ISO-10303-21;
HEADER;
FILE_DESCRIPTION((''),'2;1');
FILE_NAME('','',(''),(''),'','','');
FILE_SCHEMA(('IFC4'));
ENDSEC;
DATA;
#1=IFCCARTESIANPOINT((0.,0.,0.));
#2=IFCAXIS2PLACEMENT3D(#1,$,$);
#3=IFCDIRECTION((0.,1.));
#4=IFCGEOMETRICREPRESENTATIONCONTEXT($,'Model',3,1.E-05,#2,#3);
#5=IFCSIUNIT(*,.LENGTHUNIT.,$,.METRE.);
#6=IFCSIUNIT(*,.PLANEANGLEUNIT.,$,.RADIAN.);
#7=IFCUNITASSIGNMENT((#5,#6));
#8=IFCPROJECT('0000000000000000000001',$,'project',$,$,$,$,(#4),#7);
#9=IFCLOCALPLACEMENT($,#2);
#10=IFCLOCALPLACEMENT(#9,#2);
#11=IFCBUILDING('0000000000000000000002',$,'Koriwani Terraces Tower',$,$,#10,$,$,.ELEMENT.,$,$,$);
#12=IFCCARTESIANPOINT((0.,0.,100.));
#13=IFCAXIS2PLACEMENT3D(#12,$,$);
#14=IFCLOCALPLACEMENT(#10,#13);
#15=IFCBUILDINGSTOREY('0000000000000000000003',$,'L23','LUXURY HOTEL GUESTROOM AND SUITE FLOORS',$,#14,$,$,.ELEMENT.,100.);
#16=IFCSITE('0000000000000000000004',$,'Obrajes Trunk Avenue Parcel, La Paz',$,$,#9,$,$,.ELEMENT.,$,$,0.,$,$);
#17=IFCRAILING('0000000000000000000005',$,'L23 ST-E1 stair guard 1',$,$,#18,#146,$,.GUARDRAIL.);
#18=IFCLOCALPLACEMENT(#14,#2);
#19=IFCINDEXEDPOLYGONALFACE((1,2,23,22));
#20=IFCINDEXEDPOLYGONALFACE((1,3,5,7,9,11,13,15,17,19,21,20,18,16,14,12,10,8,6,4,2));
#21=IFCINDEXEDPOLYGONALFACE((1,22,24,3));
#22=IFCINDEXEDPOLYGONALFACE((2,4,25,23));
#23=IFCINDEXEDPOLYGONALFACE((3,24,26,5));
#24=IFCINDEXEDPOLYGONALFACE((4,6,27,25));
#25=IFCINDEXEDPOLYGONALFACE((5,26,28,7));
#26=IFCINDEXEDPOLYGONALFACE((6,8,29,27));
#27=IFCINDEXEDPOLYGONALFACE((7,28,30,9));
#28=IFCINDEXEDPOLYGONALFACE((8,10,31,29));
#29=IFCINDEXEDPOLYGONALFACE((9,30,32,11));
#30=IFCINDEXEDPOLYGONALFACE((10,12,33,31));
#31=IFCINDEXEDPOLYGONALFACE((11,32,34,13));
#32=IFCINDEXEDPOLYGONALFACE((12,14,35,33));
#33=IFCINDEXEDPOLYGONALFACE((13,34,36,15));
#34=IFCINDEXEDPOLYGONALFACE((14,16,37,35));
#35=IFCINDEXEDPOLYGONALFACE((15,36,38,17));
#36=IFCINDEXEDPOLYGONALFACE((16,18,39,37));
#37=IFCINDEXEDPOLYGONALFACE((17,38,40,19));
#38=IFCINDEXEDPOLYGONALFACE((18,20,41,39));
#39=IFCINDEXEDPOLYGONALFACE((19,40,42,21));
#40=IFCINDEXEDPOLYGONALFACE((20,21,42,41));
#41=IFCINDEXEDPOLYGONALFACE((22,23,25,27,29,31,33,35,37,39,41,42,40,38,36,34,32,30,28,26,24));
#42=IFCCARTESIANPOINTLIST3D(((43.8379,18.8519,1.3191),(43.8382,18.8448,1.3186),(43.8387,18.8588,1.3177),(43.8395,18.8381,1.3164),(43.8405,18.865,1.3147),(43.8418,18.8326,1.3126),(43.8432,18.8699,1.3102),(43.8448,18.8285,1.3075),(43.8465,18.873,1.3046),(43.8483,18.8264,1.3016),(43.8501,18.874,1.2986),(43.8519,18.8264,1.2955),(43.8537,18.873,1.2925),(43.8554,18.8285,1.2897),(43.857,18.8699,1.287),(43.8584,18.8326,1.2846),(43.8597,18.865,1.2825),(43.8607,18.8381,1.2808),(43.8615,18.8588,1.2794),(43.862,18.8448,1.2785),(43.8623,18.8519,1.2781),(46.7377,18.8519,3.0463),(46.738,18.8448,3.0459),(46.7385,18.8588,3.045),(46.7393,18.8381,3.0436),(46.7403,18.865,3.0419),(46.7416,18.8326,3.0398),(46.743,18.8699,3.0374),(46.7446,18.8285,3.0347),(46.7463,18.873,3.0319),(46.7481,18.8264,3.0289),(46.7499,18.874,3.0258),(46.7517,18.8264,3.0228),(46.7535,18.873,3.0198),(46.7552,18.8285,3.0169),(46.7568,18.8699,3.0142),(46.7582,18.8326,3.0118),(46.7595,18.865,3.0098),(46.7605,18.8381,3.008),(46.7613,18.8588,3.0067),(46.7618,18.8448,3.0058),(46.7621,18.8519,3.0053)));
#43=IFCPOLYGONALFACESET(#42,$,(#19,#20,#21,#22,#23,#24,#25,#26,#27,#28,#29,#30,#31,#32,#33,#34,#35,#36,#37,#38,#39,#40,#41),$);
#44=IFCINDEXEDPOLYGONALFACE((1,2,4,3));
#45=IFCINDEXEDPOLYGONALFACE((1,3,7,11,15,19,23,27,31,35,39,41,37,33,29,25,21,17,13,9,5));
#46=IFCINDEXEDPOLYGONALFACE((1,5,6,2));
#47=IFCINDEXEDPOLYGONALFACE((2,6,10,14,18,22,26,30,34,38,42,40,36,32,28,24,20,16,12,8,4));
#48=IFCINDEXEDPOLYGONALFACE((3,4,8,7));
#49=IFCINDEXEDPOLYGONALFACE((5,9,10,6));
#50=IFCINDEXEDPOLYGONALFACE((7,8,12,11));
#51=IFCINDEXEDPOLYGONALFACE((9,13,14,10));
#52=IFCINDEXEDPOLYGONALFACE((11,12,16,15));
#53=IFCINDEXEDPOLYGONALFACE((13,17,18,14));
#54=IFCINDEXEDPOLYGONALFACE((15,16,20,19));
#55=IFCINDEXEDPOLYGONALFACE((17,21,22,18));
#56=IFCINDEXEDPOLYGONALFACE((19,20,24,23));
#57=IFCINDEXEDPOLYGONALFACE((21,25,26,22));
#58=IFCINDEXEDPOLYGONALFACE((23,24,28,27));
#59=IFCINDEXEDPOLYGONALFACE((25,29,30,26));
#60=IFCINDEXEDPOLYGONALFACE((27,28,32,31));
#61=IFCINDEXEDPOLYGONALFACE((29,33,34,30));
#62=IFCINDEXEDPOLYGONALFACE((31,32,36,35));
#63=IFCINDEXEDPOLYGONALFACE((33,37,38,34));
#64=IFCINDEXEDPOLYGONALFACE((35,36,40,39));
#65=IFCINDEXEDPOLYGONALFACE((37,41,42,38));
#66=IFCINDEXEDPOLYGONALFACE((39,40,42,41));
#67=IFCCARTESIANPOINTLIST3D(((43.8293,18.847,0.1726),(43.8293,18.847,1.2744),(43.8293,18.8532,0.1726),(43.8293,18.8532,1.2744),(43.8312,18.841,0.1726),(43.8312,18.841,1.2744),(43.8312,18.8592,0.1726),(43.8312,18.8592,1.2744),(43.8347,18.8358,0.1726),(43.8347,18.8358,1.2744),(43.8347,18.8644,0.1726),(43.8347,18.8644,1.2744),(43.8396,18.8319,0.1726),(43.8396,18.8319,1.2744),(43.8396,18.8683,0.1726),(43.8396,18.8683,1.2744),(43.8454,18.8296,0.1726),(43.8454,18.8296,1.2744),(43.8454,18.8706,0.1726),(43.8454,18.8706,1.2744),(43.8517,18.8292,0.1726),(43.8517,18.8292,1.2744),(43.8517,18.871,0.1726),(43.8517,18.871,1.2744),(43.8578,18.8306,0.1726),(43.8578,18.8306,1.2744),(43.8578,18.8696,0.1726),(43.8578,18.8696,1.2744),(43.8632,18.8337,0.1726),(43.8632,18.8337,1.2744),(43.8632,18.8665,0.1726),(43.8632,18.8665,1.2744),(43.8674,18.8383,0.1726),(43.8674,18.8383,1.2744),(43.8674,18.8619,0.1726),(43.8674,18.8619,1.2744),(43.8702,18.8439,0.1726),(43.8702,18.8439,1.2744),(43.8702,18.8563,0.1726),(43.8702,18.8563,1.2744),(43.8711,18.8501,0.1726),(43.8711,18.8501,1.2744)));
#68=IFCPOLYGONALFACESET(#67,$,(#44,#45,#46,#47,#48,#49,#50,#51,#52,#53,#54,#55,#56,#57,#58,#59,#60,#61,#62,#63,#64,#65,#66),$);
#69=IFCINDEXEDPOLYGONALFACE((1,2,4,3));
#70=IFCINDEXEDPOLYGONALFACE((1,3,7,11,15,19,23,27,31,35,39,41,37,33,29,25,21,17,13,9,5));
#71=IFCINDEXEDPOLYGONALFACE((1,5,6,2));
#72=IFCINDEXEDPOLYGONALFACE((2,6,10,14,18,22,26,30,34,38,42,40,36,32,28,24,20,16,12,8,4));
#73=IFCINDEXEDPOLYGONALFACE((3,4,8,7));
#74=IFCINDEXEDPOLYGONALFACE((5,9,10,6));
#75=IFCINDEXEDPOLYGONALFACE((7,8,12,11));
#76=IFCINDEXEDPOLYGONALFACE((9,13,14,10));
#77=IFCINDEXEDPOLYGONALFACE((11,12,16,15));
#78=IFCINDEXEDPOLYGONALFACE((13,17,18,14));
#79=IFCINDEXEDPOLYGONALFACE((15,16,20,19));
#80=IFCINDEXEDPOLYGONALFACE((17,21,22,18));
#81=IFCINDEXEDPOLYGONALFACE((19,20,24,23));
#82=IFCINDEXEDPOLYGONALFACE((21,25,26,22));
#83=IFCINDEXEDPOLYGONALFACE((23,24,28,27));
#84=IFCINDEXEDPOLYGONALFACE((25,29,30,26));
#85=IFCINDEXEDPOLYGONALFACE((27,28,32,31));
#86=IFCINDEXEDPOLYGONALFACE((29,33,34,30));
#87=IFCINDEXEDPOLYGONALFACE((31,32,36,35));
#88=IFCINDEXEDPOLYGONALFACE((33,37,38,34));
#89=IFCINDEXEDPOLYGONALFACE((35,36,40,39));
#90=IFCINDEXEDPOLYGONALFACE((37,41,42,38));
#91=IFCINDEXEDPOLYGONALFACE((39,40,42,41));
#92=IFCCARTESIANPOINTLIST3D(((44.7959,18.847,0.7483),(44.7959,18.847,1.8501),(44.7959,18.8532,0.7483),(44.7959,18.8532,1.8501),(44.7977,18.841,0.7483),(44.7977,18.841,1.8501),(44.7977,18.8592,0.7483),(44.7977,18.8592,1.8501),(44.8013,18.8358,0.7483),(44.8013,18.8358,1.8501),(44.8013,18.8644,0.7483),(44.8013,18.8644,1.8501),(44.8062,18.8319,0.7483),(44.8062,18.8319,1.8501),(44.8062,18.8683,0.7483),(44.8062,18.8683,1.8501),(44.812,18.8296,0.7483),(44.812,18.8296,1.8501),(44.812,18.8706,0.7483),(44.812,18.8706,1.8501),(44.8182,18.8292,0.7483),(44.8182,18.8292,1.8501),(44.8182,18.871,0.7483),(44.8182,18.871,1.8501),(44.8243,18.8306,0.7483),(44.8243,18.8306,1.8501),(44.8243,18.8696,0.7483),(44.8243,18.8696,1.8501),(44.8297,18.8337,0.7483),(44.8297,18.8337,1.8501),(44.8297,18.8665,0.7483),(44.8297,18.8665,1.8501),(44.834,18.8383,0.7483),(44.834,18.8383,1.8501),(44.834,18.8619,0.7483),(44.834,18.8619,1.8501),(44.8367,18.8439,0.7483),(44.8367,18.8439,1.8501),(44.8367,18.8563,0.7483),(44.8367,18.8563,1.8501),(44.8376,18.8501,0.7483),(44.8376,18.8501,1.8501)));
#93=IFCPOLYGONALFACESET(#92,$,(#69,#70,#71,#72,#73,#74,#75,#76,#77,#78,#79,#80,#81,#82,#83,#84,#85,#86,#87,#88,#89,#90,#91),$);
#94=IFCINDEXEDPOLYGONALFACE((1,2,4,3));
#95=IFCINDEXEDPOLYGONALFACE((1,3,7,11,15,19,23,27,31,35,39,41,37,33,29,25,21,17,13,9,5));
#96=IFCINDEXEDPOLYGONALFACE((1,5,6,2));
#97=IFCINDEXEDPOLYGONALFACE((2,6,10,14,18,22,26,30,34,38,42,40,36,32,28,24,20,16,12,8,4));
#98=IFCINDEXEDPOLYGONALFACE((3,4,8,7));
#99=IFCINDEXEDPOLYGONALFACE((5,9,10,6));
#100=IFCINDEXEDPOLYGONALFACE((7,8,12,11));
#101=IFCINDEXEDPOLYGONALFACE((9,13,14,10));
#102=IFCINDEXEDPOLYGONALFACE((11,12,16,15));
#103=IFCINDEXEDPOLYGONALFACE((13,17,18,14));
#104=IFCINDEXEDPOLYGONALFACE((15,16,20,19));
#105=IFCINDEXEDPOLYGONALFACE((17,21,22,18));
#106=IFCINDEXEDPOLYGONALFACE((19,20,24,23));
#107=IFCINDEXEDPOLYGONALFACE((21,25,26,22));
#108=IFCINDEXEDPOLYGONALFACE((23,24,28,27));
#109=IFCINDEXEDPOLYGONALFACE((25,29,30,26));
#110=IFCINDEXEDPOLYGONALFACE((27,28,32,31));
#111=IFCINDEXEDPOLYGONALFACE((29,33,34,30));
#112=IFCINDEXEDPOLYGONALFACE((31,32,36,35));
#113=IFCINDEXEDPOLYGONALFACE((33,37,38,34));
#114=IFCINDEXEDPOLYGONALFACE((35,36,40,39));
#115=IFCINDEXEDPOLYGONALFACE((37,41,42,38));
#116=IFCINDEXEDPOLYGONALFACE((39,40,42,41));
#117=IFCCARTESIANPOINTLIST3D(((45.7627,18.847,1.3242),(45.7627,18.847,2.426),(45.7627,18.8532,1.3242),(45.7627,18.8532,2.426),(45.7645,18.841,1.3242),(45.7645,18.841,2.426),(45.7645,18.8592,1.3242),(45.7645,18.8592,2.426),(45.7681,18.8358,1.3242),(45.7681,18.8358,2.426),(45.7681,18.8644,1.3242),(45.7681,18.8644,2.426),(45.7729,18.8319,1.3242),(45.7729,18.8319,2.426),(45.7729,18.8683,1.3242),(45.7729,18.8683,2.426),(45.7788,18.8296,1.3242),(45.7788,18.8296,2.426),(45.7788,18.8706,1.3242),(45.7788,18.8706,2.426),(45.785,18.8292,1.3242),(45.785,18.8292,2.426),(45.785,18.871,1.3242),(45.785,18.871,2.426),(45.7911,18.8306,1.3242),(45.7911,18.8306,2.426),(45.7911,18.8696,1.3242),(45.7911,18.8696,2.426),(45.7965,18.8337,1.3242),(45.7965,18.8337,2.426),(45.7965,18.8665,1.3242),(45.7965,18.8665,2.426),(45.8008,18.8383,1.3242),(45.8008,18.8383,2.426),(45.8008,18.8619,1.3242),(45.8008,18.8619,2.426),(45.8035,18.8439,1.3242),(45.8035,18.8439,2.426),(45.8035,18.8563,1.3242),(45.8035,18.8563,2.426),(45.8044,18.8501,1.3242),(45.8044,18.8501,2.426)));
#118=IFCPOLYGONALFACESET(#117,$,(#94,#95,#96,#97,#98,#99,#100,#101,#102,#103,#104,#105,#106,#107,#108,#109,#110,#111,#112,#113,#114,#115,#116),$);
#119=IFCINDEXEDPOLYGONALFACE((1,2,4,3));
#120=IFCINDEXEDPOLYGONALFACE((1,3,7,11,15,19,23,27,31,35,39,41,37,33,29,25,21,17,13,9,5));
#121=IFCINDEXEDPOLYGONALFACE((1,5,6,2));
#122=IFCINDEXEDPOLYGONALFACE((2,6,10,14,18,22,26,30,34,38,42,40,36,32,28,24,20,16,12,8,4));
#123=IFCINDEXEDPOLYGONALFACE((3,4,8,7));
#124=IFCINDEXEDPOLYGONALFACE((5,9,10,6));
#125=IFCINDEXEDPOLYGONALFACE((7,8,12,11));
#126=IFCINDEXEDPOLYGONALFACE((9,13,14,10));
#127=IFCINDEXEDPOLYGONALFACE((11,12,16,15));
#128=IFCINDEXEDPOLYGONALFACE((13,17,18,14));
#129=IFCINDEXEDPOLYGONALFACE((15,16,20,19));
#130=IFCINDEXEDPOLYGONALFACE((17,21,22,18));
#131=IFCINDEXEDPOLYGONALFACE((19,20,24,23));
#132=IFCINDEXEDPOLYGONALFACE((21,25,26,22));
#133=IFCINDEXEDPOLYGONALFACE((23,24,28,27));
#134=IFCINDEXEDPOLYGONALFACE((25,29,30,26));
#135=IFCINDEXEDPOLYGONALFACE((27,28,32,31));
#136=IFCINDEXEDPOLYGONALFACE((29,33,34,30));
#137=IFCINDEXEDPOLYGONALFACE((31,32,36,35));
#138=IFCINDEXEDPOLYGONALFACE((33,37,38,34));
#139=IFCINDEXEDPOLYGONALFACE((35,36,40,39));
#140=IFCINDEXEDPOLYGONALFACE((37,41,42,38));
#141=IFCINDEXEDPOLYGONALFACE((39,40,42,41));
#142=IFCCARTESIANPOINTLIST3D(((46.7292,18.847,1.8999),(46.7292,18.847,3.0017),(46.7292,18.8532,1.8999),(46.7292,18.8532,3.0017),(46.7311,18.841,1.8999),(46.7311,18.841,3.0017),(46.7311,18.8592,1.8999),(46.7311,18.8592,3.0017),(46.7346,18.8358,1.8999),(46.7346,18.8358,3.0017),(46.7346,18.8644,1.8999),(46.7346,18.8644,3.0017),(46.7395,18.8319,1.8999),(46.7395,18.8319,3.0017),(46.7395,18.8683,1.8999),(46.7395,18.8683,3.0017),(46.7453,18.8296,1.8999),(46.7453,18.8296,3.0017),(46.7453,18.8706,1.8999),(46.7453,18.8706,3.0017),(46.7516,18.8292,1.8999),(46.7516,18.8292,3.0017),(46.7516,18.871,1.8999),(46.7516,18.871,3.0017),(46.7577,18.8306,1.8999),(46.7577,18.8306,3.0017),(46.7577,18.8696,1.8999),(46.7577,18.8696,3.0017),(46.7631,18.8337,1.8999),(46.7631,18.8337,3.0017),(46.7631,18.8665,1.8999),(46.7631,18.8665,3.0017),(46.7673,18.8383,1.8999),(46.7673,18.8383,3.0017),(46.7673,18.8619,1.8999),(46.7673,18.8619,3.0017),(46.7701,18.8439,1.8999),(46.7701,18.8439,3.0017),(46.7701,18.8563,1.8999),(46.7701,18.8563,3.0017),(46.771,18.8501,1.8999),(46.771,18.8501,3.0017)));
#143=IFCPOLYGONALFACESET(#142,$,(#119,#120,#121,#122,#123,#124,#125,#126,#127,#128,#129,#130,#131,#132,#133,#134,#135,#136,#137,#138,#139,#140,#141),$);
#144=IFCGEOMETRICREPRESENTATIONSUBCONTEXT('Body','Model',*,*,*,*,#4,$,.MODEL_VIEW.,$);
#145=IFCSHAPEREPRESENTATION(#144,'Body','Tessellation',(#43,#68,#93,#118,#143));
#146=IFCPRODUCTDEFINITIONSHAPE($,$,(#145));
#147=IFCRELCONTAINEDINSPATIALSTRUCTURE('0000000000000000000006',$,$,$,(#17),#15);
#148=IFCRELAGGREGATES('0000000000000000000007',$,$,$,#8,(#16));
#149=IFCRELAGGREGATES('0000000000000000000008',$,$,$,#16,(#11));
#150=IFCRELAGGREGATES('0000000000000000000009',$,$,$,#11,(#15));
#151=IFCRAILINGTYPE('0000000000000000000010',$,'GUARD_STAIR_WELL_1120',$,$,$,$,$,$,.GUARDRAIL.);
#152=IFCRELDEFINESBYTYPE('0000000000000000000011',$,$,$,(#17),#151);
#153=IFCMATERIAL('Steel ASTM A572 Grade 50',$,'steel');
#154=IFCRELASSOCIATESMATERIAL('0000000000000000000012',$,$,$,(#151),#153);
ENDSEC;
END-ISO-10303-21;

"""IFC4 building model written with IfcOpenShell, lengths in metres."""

from ifc_helpers import new_model, si_unit, direction, frame, origin, origin_2d, place, context, subcontext, project, spatial, circle, extrude, material, type_object, element, save


model = new_model("IFC4")

# Units and contexts
model_context = context("Model", 3, precision=1e-05, world=origin(), true_north=direction((0.0, 1.0)))
body_context = subcontext(model_context, "Body", "Model", "MODEL_VIEW")
ifc_project = project(units=[si_unit("LENGTHUNIT", "METRE"), si_unit("PLANEANGLEUNIT", "RADIAN")], contexts=[model_context])

# Site, building, storey
site_placement = place(None, origin())
site = spatial("IfcSite", under=ifc_project, at=site_placement, Name="Obrajes Trunk Avenue Parcel, La Paz", CompositionType="ELEMENT", RefElevation=0.0)
building_placement = place(site_placement, origin())
building = spatial("IfcBuilding", under=site, at=building_placement, Name="Koriwani Terraces Tower", CompositionType="ELEMENT")
storey_placement = place(building_placement, frame((0.0, 0.0, 100.0)))
storey = spatial("IfcBuildingStorey", under=building, at=storey_placement, Name="L23", Description="LUXURY HOTEL GUESTROOM AND SUITE FLOORS", CompositionType="ELEMENT", Elevation=100.0)

# Shared definitions
ifc_material_1 = material(Name="Steel ASTM A572 Grade 50", Category="steel")

# Railing
railing_type_1 = type_object("IfcRailingType", Name="GUARD_STAIR_WELL_1120", PredefinedType="GUARDRAIL", material=ifc_material_1)
railing_1_placement = place(storey_placement, frame((43.8501, 18.8501, 0.1726)))
element("IfcRailing", 1, at=railing_1_placement, inside=storey, type_object=railing_type_1, Name="L23 ST-E1 stair guard 1", PredefinedType="GUARDRAIL", context=body_context, shape_type="SweptSolid", body=[
    extrude(circle(Radius=0.0239, at=origin_2d()), frame((0.0, 0.0, 1.126), z_axis=(0.859141, 0.0, 0.511738), x_axis=(0.0, 1.0, 0.0)), (0.0, 0.0, 1.0), 3.3752),
    extrude(circle(Radius=0.021, at=origin_2d()), origin(), (0.0, 0.0, 1.0), 1.1018),
    extrude(circle(Radius=0.021, at=origin_2d()), frame((0.9666, 0.0, 0.5757)), (0.0, 0.0, 1.0), 1.1018),
    extrude(circle(Radius=0.021, at=origin_2d()), frame((1.9333, 0.0, 1.1516)), (0.0, 0.0, 1.0), 1.1018),
    extrude(circle(Radius=0.021, at=origin_2d()), frame((2.8999, 0.0, 1.7273)), (0.0, 0.0, 1.0), 1.1018),
])

save(model, "model.ifc")
